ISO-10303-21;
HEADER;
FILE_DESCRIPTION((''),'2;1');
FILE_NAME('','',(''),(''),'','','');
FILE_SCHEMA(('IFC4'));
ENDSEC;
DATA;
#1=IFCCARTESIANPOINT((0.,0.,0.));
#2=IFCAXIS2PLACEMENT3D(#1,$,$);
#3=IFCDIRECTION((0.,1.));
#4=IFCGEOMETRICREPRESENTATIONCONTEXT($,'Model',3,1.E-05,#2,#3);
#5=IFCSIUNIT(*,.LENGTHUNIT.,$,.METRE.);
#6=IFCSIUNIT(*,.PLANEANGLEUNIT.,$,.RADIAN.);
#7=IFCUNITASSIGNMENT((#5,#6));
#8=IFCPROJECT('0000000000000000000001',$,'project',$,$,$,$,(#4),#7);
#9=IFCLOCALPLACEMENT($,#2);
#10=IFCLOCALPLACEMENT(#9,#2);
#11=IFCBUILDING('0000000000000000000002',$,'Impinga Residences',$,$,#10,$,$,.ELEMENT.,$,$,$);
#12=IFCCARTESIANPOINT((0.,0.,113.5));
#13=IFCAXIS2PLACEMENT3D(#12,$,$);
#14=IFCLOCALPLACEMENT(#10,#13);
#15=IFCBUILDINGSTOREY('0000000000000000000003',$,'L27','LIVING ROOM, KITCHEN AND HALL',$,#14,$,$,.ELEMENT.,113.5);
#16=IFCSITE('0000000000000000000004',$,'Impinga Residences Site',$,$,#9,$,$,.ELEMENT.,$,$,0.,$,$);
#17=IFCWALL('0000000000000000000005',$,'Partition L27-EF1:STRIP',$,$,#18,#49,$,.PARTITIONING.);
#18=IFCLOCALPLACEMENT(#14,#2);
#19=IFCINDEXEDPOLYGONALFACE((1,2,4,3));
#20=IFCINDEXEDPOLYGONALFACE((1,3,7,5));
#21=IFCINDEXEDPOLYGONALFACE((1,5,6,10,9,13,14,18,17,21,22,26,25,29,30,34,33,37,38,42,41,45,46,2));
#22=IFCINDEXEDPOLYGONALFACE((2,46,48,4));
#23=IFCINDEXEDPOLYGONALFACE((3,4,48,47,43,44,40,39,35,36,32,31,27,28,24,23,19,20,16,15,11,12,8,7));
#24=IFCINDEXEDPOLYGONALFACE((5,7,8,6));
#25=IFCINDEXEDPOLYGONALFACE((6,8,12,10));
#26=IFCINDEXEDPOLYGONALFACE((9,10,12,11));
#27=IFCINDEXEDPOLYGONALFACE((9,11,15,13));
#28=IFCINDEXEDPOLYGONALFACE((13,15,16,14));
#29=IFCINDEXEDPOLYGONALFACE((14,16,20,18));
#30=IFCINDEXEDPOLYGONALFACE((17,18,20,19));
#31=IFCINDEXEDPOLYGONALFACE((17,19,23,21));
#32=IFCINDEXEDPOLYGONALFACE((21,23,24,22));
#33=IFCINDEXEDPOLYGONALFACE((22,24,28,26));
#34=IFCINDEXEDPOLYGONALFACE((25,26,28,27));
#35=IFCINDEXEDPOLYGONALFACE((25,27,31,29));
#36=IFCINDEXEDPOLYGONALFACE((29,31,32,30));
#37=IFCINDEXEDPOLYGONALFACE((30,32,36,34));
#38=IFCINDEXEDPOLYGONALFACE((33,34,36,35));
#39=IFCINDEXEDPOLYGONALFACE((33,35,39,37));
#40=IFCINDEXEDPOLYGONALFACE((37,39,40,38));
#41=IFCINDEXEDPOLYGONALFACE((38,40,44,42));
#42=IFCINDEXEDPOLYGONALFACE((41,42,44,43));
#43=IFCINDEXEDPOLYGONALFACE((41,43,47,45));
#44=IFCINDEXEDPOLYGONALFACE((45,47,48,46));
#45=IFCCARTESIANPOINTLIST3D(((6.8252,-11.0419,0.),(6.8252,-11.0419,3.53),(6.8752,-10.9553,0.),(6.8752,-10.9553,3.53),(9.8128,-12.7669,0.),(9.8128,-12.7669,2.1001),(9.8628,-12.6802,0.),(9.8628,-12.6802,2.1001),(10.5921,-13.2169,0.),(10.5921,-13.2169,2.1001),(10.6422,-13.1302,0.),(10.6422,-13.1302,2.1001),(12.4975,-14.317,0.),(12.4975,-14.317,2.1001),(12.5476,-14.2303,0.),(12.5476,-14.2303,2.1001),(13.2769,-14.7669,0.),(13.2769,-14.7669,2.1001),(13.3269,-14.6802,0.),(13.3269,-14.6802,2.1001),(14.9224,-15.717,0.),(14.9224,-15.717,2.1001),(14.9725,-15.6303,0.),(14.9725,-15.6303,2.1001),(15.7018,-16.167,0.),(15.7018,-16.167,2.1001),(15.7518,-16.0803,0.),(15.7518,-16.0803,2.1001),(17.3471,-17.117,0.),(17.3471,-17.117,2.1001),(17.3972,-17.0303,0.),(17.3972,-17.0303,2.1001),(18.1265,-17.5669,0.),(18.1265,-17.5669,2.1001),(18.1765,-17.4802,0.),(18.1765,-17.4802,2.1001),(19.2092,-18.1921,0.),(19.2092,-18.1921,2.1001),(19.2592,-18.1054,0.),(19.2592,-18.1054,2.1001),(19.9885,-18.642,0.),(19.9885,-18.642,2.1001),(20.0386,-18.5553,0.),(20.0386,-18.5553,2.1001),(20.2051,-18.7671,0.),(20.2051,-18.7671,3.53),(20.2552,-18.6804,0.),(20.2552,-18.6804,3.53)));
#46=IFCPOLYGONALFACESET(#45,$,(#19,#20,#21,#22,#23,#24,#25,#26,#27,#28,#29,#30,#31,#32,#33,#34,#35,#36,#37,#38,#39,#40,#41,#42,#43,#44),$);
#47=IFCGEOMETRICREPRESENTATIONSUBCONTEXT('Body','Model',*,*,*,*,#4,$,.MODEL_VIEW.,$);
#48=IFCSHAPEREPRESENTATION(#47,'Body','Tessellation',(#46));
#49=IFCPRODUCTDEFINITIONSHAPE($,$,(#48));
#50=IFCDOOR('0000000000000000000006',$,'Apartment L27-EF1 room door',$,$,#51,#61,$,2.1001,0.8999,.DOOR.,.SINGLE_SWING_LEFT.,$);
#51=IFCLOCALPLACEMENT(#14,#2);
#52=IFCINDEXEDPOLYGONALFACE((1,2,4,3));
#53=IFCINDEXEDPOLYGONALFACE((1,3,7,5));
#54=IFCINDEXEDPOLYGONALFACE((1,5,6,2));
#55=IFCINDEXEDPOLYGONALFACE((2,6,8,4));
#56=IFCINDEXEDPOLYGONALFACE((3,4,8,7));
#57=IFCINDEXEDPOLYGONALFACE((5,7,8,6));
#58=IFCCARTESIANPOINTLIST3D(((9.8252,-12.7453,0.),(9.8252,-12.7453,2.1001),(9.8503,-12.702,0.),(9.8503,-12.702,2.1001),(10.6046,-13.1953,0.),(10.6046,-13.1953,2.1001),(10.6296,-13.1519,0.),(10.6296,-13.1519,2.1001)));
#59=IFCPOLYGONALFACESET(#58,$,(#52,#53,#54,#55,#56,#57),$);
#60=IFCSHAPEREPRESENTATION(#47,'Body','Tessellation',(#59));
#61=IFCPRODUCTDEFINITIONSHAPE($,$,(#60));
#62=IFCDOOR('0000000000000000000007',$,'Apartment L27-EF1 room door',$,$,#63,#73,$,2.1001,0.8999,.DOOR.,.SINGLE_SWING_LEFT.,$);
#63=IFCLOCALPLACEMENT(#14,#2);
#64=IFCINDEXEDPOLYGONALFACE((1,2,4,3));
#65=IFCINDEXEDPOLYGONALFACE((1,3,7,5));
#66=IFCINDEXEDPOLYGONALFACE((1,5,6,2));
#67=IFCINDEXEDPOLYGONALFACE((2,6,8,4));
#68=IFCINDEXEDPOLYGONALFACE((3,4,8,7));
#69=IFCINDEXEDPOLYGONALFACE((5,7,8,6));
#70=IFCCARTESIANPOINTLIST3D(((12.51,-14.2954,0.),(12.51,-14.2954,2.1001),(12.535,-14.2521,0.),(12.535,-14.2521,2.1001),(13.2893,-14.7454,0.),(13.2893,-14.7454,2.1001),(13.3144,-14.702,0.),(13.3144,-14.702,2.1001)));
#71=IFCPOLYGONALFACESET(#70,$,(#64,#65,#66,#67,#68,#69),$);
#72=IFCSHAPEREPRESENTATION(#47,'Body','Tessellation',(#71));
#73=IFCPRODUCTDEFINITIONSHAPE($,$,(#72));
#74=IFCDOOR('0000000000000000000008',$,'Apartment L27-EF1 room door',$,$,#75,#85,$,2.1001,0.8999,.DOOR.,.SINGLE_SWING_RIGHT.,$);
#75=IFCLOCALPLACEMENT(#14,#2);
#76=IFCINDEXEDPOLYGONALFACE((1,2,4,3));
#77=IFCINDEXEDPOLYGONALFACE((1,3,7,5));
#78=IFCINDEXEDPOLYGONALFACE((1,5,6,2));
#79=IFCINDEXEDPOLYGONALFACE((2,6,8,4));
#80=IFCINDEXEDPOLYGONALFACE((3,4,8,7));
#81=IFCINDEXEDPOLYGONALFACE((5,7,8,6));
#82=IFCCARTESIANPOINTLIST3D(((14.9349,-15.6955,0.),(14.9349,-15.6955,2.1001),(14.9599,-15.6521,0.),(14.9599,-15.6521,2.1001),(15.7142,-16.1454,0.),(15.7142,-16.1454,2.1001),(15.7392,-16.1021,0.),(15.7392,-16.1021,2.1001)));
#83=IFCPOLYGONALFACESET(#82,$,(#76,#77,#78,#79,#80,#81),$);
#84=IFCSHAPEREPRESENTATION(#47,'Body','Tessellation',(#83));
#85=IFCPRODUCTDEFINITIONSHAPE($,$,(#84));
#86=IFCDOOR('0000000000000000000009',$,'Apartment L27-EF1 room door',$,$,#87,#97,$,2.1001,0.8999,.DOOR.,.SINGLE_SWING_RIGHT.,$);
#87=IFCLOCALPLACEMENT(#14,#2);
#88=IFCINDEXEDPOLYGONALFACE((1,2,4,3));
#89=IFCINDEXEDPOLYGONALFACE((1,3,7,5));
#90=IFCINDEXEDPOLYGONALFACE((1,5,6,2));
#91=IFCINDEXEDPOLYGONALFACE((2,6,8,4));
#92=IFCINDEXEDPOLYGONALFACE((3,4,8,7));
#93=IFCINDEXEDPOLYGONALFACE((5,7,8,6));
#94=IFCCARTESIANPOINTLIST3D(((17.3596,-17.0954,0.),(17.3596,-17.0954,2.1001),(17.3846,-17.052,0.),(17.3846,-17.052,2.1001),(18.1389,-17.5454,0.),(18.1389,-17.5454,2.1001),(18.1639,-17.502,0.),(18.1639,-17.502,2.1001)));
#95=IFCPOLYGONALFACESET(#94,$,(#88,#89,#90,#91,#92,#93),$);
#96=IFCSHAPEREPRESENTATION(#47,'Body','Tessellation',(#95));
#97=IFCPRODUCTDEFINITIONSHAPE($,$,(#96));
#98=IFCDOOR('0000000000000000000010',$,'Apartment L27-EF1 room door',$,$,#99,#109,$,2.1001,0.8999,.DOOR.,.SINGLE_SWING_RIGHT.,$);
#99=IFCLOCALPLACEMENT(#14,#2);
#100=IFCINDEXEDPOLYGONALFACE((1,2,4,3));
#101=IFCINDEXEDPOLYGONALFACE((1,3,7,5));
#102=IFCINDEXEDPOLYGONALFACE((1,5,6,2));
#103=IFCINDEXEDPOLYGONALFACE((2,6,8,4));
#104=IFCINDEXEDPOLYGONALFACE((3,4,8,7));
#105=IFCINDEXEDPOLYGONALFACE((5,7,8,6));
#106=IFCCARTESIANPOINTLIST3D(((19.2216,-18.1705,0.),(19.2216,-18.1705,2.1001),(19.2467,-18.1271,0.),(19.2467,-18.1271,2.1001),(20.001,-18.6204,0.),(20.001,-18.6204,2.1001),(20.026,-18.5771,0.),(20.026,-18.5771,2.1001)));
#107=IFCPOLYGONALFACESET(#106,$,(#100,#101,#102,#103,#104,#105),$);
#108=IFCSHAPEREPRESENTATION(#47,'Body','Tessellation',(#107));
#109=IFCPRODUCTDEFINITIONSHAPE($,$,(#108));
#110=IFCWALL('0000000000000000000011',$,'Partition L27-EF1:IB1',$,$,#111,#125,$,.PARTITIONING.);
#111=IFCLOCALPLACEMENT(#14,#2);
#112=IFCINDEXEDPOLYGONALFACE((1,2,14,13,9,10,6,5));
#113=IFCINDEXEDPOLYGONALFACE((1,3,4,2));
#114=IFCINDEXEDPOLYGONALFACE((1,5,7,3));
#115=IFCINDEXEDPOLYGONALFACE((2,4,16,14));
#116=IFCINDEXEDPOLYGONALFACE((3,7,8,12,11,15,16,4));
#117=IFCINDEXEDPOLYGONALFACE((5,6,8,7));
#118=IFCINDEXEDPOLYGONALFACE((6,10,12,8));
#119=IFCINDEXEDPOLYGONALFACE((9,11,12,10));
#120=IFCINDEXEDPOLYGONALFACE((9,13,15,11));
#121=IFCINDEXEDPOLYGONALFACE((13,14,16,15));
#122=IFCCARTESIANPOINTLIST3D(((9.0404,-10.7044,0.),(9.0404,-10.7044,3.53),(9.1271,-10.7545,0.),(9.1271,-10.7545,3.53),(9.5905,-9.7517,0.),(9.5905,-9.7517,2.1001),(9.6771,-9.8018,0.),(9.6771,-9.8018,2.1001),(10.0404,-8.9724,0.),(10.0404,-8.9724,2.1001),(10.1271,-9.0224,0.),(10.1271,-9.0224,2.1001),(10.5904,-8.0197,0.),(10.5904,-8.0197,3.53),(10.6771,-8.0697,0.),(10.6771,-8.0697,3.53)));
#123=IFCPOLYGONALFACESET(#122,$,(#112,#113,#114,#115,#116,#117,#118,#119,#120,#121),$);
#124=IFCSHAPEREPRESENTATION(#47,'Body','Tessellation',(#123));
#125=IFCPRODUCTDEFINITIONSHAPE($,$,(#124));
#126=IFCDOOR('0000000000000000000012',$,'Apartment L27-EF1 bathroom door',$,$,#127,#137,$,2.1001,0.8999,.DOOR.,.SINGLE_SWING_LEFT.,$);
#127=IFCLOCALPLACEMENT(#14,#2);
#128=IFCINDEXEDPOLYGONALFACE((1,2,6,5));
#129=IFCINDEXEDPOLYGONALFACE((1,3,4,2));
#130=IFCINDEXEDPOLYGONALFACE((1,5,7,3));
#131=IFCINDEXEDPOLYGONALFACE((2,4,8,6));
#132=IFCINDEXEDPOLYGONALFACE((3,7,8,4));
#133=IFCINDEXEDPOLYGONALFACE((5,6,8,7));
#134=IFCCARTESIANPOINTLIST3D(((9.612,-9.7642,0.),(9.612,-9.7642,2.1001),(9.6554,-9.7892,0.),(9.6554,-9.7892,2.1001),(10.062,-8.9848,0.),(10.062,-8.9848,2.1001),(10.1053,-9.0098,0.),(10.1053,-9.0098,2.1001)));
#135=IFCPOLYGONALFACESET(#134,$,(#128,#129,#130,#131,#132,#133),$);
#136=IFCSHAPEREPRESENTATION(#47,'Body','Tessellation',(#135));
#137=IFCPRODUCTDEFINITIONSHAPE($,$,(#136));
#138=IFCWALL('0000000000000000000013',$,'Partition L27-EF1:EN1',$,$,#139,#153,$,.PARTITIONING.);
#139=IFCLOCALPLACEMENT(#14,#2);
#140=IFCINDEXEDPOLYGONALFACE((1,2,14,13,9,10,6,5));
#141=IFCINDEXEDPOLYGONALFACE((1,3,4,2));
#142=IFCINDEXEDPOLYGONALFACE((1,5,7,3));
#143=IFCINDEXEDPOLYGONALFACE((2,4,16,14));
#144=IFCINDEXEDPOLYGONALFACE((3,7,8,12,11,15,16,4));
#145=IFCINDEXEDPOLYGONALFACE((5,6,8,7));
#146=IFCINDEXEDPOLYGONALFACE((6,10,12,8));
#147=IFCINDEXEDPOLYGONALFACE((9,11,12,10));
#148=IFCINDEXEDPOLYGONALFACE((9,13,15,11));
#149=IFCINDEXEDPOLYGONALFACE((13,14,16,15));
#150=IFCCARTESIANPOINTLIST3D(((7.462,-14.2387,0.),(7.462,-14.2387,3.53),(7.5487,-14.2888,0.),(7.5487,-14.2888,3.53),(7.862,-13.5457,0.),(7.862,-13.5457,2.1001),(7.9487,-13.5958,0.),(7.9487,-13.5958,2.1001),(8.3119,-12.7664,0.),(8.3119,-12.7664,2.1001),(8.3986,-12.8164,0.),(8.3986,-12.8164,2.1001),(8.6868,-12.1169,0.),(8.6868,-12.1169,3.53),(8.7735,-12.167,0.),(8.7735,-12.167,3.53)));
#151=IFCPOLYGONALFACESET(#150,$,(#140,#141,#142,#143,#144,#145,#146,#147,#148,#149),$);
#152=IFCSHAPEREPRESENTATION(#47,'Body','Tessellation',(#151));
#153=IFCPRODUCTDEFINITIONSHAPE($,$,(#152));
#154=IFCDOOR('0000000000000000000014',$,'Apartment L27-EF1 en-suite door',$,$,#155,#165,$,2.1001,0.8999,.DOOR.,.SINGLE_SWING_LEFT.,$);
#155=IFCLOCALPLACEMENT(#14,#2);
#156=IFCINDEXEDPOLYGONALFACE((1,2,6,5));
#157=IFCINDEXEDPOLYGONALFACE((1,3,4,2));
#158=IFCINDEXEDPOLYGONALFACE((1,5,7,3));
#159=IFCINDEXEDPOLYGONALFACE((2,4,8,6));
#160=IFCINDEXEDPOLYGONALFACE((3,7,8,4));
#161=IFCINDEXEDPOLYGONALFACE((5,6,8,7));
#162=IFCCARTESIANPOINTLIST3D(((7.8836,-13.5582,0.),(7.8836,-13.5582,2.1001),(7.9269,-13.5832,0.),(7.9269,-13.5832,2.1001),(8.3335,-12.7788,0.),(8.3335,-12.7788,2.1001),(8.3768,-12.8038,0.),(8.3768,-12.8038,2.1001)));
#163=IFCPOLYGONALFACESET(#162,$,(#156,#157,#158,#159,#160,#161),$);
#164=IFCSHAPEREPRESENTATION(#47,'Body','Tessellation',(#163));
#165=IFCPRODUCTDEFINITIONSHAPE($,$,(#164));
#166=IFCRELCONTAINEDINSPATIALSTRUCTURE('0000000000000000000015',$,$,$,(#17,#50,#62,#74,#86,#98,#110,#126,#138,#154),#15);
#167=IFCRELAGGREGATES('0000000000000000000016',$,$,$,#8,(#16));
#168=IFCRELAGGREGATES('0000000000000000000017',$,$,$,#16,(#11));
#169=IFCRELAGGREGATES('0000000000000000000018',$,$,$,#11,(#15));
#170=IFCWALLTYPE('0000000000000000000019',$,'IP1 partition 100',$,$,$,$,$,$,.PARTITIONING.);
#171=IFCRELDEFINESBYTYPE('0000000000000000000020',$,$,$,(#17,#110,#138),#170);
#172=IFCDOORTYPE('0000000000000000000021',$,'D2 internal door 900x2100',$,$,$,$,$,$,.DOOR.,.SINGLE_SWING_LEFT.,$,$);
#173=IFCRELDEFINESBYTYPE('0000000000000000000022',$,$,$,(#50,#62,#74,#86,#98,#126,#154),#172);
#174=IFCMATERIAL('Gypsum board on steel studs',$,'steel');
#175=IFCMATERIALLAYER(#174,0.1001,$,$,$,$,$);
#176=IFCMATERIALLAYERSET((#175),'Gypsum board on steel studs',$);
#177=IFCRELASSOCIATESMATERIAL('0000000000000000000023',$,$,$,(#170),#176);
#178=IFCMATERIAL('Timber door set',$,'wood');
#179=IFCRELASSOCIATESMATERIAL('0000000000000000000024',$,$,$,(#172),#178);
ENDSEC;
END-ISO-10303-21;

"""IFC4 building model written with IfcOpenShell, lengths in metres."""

from ifc_helpers import new_model, si_unit, direction, frame, frame_2d, origin, place, context, subcontext, project, spatial, rectangle, extrude, material, layer, layer_set, type_object, element, fill, save


model = new_model("IFC4")

# Units and contexts
model_context = context("Model", 3, precision=1e-05, world=origin(), true_north=direction((0.0, 1.0)))
body_context = subcontext(model_context, "Body", "Model", "MODEL_VIEW")
ifc_project = project(units=[si_unit("LENGTHUNIT", "METRE"), si_unit("PLANEANGLEUNIT", "RADIAN")], contexts=[model_context])

# Site, building, storey
site_placement = place(None, origin())
site = spatial("IfcSite", under=ifc_project, at=site_placement, Name="Impinga Residences Site", CompositionType="ELEMENT", RefElevation=0.0)
building_placement = place(site_placement, origin())
building = spatial("IfcBuilding", under=site, at=building_placement, Name="Impinga Residences", CompositionType="ELEMENT")
storey_placement = place(building_placement, frame((0.0, 0.0, 113.5)))
storey = spatial("IfcBuildingStorey", under=building, at=storey_placement, Name="L27", Description="LIVING ROOM, KITCHEN AND HALL", CompositionType="ELEMENT", Elevation=113.5)

# Shared definitions
ifc_material_1 = material(Name="Gypsum board on steel studs", Category="steel")
ifc_layer_1 = layer(ifc_material_1, 0.1001)
ifc_layer_set_1 = layer_set([ifc_layer_1], Name="Gypsum board on steel studs")
wall_type_1 = type_object("IfcWallType", Name="IP1 partition 100", PredefinedType="PARTITIONING", material=ifc_layer_set_1)

# Wall, openings, doors
wall_1_placement = place(storey_placement, frame((6.8501, -10.9985, 0.0), z_axis=(0.0, 0.0, 1.0), x_axis=(0.866019, -0.500011, 0.0)))
wall_1 = element("IfcWall", 1, at=wall_1_placement, inside=storey, type_object=wall_type_1, Name="Partition L27-EF1:STRIP", PredefinedType="PARTITIONING", context=body_context, shape_type="SweptSolid", body=[
    extrude(rectangle(XDim=15.45, YDim=0.1001, at=frame_2d((7.7251, 0.0))), origin(), (0.0, 0.0, 1.0), 3.53),
])
opening_1_placement = place(wall_1_placement, frame((3.45, 0.0, 0.0)))
opening_1 = element("IfcOpeningElement", 2, at=opening_1_placement, cuts=wall_1, PredefinedType="OPENING", context=body_context, shape_type="SweptSolid", body=[
    extrude(rectangle(XDim=0.8999, YDim=2.1001, at=frame_2d((0.45, 1.05))), frame((0.0, 0.0601, 0.0), z_axis=(0.0, -1.0, 0.0), x_axis=(1.0, 0.0, 0.0)), (0.0, 0.0, 1.0), 0.1201),
])
opening_2_placement = place(wall_1_placement, frame((6.55, 0.0, 0.0)))
opening_2 = element("IfcOpeningElement", 3, at=opening_2_placement, cuts=wall_1, PredefinedType="OPENING", context=body_context, shape_type="SweptSolid", body=[
    extrude(rectangle(XDim=0.8999, YDim=2.1001, at=frame_2d((0.45, 1.05))), frame((0.0, 0.0601, 0.0), z_axis=(0.0, -1.0, 0.0), x_axis=(1.0, 0.0, 0.0)), (0.0, 0.0, 1.0), 0.1201),
])
opening_3_placement = place(wall_1_placement, frame((9.3501, 0.0, 0.0)))
opening_3 = element("IfcOpeningElement", 4, at=opening_3_placement, cuts=wall_1, PredefinedType="OPENING", context=body_context, shape_type="SweptSolid", body=[
    extrude(rectangle(XDim=0.8999, YDim=2.1001, at=frame_2d((0.45, 1.05))), frame((0.0, 0.0601, 0.0), z_axis=(0.0, -1.0, 0.0), x_axis=(1.0, 0.0, 0.0)), (0.0, 0.0, 1.0), 0.1201),
])
opening_4_placement = place(wall_1_placement, frame((12.1499, 0.0, 0.0)))
opening_4 = element("IfcOpeningElement", 5, at=opening_4_placement, cuts=wall_1, PredefinedType="OPENING", context=body_context, shape_type="SweptSolid", body=[
    extrude(rectangle(XDim=0.8999, YDim=2.1001, at=frame_2d((0.45, 1.05))), frame((0.0, 0.0601, 0.0), z_axis=(0.0, -1.0, 0.0), x_axis=(1.0, 0.0, 0.0)), (0.0, 0.0, 1.0), 0.1201),
])
opening_5_placement = place(wall_1_placement, frame((14.3, 0.0, 0.0)))
opening_5 = element("IfcOpeningElement", 6, at=opening_5_placement, cuts=wall_1, PredefinedType="OPENING", context=body_context, shape_type="SweptSolid", body=[
    extrude(rectangle(XDim=0.8999, YDim=2.1001, at=frame_2d((0.45, 1.05))), frame((0.0, 0.0601, 0.0), z_axis=(0.0, -1.0, 0.0), x_axis=(1.0, 0.0, 0.0)), (0.0, 0.0, 1.0), 0.1201),
])
ifc_material_2 = material(Name="Timber door set", Category="wood")
door_type_1 = type_object("IfcDoorType", Name="D2 internal door 900x2100", OperationType="SINGLE_SWING_LEFT", PredefinedType="DOOR", material=ifc_material_2)
door_1_placement = place(opening_1_placement, origin())
door_1 = element("IfcDoor", 7, at=door_1_placement, inside=storey, type_object=door_type_1, Name="Apartment L27-EF1 room door", OperationType="SINGLE_SWING_LEFT", OverallHeight=2.1001, OverallWidth=0.8999, PredefinedType="DOOR", context=body_context, shape_type="SweptSolid", body=[
    extrude(rectangle(XDim=0.8999, YDim=2.1001, at=frame_2d((0.45, 1.05))), frame((0.0, 0.0249, 0.0), z_axis=(0.0, -1.0, 0.0), x_axis=(1.0, 0.0, 0.0)), (0.0, 0.0, 1.0), 0.05),
])
fill(opening_1, door_1)
door_2_placement = place(opening_2_placement, origin())
door_2 = element("IfcDoor", 8, at=door_2_placement, inside=storey, type_object=door_type_1, Name="Apartment L27-EF1 room door", OperationType="SINGLE_SWING_LEFT", OverallHeight=2.1001, OverallWidth=0.8999, PredefinedType="DOOR", context=body_context, shape_type="SweptSolid", body=[
    extrude(rectangle(XDim=0.8999, YDim=2.1001, at=frame_2d((0.45, 1.05))), frame((0.0, 0.0249, 0.0), z_axis=(0.0, -1.0, 0.0), x_axis=(1.0, 0.0, 0.0)), (0.0, 0.0, 1.0), 0.05),
])
fill(opening_2, door_2)
door_3_placement = place(opening_3_placement, origin())
door_3 = element("IfcDoor", 9, at=door_3_placement, inside=storey, type_object=door_type_1, Name="Apartment L27-EF1 room door", OperationType="SINGLE_SWING_RIGHT", OverallHeight=2.1001, OverallWidth=0.8999, PredefinedType="DOOR", context=body_context, shape_type="SweptSolid", body=[
    extrude(rectangle(XDim=0.8999, YDim=2.1001, at=frame_2d((0.45, 1.05))), frame((0.0, 0.0249, 0.0), z_axis=(0.0, -1.0, 0.0), x_axis=(1.0, 0.0, 0.0)), (0.0, 0.0, 1.0), 0.05),
])
fill(opening_3, door_3)
door_4_placement = place(opening_4_placement, origin())
door_4 = element("IfcDoor", 10, at=door_4_placement, inside=storey, type_object=door_type_1, Name="Apartment L27-EF1 room door", OperationType="SINGLE_SWING_RIGHT", OverallHeight=2.1001, OverallWidth=0.8999, PredefinedType="DOOR", context=body_context, shape_type="SweptSolid", body=[
    extrude(rectangle(XDim=0.8999, YDim=2.1001, at=frame_2d((0.45, 1.05))), frame((0.0, 0.0249, 0.0), z_axis=(0.0, -1.0, 0.0), x_axis=(1.0, 0.0, 0.0)), (0.0, 0.0, 1.0), 0.05),
])
fill(opening_4, door_4)
door_5_placement = place(opening_5_placement, origin())
door_5 = element("IfcDoor", 11, at=door_5_placement, inside=storey, type_object=door_type_1, Name="Apartment L27-EF1 room door", OperationType="SINGLE_SWING_RIGHT", OverallHeight=2.1001, OverallWidth=0.8999, PredefinedType="DOOR", context=body_context, shape_type="SweptSolid", body=[
    extrude(rectangle(XDim=0.8999, YDim=2.1001, at=frame_2d((0.45, 1.05))), frame((0.0, 0.0249, 0.0), z_axis=(0.0, -1.0, 0.0), x_axis=(1.0, 0.0, 0.0)), (0.0, 0.0, 1.0), 0.05),
])
fill(opening_5, door_5)

# Walls, openings, doors
wall_2_placement = place(storey_placement, frame((10.6338, -8.0447, 0.0), z_axis=(0.0, 0.0, 1.0), x_axis=(-0.499993, -0.86603, 0.0)))
wall_2 = element("IfcWall", 12, at=wall_2_placement, inside=storey, type_object=wall_type_1, Name="Partition L27-EF1:IB1", PredefinedType="PARTITIONING", context=body_context, shape_type="SweptSolid", body=[
    extrude(rectangle(XDim=3.1001, YDim=0.1001, at=frame_2d((1.55, 0.0))), origin(), (0.0, 0.0, 1.0), 3.53),
])
opening_6_placement = place(wall_2_placement, frame((1.1001, 0.0, 0.0)))
opening_6 = element("IfcOpeningElement", 13, at=opening_6_placement, cuts=wall_2, PredefinedType="OPENING", context=body_context, shape_type="SweptSolid", body=[
    extrude(rectangle(XDim=0.8999, YDim=2.1001, at=frame_2d((0.45, 1.05))), frame((0.0, 0.0601, 0.0), z_axis=(0.0, -1.0, 0.0), x_axis=(1.0, 0.0, 0.0)), (0.0, 0.0, 1.0), 0.1201),
])
door_6_placement = place(opening_6_placement, origin())
door_6 = element("IfcDoor", 14, at=door_6_placement, inside=storey, type_object=door_type_1, Name="Apartment L27-EF1 bathroom door", OperationType="SINGLE_SWING_LEFT", OverallHeight=2.1001, OverallWidth=0.8999, PredefinedType="DOOR", context=body_context, shape_type="SweptSolid", body=[
    extrude(rectangle(XDim=0.8999, YDim=2.1001, at=frame_2d((0.45, 1.05))), frame((0.0, 0.0249, 0.0), z_axis=(0.0, -1.0, 0.0), x_axis=(1.0, 0.0, 0.0)), (0.0, 0.0, 1.0), 0.05),
])
fill(opening_6, door_6)
wall_3_placement = place(storey_placement, frame((8.7302, -12.1418, 0.0), z_axis=(0.0, 0.0, 1.0), x_axis=(-0.499944, -0.866058, 0.0)))
wall_3 = element("IfcWall", 15, at=wall_3_placement, inside=storey, type_object=wall_type_1, Name="Partition L27-EF1:EN1", PredefinedType="PARTITIONING", context=body_context, shape_type="SweptSolid", body=[
    extrude(rectangle(XDim=2.45, YDim=0.1001, at=frame_2d((1.2251, 0.0))), origin(), (0.0, 0.0, 1.0), 3.53),
])
opening_7_placement = place(wall_3_placement, frame((0.75, 0.0, 0.0)))
opening_7 = element("IfcOpeningElement", 16, at=opening_7_placement, cuts=wall_3, PredefinedType="OPENING", context=body_context, shape_type="SweptSolid", body=[
    extrude(rectangle(XDim=0.8999, YDim=2.1001, at=frame_2d((0.45, 1.05))), frame((0.0, 0.0601, 0.0), z_axis=(0.0, -1.0, 0.0), x_axis=(1.0, 0.0, 0.0)), (0.0, 0.0, 1.0), 0.1201),
])
door_7_placement = place(opening_7_placement, origin())
door_7 = element("IfcDoor", 17, at=door_7_placement, inside=storey, type_object=door_type_1, Name="Apartment L27-EF1 en-suite door", OperationType="SINGLE_SWING_LEFT", OverallHeight=2.1001, OverallWidth=0.8999, PredefinedType="DOOR", context=body_context, shape_type="SweptSolid", body=[
    extrude(rectangle(XDim=0.8999, YDim=2.1001, at=frame_2d((0.45, 1.05))), frame((0.0, 0.0249, 0.0), z_axis=(0.0, -1.0, 0.0), x_axis=(1.0, 0.0, 0.0)), (0.0, 0.0, 1.0), 0.05),
])
fill(opening_7, door_7)

save(model, "model.ifc")
